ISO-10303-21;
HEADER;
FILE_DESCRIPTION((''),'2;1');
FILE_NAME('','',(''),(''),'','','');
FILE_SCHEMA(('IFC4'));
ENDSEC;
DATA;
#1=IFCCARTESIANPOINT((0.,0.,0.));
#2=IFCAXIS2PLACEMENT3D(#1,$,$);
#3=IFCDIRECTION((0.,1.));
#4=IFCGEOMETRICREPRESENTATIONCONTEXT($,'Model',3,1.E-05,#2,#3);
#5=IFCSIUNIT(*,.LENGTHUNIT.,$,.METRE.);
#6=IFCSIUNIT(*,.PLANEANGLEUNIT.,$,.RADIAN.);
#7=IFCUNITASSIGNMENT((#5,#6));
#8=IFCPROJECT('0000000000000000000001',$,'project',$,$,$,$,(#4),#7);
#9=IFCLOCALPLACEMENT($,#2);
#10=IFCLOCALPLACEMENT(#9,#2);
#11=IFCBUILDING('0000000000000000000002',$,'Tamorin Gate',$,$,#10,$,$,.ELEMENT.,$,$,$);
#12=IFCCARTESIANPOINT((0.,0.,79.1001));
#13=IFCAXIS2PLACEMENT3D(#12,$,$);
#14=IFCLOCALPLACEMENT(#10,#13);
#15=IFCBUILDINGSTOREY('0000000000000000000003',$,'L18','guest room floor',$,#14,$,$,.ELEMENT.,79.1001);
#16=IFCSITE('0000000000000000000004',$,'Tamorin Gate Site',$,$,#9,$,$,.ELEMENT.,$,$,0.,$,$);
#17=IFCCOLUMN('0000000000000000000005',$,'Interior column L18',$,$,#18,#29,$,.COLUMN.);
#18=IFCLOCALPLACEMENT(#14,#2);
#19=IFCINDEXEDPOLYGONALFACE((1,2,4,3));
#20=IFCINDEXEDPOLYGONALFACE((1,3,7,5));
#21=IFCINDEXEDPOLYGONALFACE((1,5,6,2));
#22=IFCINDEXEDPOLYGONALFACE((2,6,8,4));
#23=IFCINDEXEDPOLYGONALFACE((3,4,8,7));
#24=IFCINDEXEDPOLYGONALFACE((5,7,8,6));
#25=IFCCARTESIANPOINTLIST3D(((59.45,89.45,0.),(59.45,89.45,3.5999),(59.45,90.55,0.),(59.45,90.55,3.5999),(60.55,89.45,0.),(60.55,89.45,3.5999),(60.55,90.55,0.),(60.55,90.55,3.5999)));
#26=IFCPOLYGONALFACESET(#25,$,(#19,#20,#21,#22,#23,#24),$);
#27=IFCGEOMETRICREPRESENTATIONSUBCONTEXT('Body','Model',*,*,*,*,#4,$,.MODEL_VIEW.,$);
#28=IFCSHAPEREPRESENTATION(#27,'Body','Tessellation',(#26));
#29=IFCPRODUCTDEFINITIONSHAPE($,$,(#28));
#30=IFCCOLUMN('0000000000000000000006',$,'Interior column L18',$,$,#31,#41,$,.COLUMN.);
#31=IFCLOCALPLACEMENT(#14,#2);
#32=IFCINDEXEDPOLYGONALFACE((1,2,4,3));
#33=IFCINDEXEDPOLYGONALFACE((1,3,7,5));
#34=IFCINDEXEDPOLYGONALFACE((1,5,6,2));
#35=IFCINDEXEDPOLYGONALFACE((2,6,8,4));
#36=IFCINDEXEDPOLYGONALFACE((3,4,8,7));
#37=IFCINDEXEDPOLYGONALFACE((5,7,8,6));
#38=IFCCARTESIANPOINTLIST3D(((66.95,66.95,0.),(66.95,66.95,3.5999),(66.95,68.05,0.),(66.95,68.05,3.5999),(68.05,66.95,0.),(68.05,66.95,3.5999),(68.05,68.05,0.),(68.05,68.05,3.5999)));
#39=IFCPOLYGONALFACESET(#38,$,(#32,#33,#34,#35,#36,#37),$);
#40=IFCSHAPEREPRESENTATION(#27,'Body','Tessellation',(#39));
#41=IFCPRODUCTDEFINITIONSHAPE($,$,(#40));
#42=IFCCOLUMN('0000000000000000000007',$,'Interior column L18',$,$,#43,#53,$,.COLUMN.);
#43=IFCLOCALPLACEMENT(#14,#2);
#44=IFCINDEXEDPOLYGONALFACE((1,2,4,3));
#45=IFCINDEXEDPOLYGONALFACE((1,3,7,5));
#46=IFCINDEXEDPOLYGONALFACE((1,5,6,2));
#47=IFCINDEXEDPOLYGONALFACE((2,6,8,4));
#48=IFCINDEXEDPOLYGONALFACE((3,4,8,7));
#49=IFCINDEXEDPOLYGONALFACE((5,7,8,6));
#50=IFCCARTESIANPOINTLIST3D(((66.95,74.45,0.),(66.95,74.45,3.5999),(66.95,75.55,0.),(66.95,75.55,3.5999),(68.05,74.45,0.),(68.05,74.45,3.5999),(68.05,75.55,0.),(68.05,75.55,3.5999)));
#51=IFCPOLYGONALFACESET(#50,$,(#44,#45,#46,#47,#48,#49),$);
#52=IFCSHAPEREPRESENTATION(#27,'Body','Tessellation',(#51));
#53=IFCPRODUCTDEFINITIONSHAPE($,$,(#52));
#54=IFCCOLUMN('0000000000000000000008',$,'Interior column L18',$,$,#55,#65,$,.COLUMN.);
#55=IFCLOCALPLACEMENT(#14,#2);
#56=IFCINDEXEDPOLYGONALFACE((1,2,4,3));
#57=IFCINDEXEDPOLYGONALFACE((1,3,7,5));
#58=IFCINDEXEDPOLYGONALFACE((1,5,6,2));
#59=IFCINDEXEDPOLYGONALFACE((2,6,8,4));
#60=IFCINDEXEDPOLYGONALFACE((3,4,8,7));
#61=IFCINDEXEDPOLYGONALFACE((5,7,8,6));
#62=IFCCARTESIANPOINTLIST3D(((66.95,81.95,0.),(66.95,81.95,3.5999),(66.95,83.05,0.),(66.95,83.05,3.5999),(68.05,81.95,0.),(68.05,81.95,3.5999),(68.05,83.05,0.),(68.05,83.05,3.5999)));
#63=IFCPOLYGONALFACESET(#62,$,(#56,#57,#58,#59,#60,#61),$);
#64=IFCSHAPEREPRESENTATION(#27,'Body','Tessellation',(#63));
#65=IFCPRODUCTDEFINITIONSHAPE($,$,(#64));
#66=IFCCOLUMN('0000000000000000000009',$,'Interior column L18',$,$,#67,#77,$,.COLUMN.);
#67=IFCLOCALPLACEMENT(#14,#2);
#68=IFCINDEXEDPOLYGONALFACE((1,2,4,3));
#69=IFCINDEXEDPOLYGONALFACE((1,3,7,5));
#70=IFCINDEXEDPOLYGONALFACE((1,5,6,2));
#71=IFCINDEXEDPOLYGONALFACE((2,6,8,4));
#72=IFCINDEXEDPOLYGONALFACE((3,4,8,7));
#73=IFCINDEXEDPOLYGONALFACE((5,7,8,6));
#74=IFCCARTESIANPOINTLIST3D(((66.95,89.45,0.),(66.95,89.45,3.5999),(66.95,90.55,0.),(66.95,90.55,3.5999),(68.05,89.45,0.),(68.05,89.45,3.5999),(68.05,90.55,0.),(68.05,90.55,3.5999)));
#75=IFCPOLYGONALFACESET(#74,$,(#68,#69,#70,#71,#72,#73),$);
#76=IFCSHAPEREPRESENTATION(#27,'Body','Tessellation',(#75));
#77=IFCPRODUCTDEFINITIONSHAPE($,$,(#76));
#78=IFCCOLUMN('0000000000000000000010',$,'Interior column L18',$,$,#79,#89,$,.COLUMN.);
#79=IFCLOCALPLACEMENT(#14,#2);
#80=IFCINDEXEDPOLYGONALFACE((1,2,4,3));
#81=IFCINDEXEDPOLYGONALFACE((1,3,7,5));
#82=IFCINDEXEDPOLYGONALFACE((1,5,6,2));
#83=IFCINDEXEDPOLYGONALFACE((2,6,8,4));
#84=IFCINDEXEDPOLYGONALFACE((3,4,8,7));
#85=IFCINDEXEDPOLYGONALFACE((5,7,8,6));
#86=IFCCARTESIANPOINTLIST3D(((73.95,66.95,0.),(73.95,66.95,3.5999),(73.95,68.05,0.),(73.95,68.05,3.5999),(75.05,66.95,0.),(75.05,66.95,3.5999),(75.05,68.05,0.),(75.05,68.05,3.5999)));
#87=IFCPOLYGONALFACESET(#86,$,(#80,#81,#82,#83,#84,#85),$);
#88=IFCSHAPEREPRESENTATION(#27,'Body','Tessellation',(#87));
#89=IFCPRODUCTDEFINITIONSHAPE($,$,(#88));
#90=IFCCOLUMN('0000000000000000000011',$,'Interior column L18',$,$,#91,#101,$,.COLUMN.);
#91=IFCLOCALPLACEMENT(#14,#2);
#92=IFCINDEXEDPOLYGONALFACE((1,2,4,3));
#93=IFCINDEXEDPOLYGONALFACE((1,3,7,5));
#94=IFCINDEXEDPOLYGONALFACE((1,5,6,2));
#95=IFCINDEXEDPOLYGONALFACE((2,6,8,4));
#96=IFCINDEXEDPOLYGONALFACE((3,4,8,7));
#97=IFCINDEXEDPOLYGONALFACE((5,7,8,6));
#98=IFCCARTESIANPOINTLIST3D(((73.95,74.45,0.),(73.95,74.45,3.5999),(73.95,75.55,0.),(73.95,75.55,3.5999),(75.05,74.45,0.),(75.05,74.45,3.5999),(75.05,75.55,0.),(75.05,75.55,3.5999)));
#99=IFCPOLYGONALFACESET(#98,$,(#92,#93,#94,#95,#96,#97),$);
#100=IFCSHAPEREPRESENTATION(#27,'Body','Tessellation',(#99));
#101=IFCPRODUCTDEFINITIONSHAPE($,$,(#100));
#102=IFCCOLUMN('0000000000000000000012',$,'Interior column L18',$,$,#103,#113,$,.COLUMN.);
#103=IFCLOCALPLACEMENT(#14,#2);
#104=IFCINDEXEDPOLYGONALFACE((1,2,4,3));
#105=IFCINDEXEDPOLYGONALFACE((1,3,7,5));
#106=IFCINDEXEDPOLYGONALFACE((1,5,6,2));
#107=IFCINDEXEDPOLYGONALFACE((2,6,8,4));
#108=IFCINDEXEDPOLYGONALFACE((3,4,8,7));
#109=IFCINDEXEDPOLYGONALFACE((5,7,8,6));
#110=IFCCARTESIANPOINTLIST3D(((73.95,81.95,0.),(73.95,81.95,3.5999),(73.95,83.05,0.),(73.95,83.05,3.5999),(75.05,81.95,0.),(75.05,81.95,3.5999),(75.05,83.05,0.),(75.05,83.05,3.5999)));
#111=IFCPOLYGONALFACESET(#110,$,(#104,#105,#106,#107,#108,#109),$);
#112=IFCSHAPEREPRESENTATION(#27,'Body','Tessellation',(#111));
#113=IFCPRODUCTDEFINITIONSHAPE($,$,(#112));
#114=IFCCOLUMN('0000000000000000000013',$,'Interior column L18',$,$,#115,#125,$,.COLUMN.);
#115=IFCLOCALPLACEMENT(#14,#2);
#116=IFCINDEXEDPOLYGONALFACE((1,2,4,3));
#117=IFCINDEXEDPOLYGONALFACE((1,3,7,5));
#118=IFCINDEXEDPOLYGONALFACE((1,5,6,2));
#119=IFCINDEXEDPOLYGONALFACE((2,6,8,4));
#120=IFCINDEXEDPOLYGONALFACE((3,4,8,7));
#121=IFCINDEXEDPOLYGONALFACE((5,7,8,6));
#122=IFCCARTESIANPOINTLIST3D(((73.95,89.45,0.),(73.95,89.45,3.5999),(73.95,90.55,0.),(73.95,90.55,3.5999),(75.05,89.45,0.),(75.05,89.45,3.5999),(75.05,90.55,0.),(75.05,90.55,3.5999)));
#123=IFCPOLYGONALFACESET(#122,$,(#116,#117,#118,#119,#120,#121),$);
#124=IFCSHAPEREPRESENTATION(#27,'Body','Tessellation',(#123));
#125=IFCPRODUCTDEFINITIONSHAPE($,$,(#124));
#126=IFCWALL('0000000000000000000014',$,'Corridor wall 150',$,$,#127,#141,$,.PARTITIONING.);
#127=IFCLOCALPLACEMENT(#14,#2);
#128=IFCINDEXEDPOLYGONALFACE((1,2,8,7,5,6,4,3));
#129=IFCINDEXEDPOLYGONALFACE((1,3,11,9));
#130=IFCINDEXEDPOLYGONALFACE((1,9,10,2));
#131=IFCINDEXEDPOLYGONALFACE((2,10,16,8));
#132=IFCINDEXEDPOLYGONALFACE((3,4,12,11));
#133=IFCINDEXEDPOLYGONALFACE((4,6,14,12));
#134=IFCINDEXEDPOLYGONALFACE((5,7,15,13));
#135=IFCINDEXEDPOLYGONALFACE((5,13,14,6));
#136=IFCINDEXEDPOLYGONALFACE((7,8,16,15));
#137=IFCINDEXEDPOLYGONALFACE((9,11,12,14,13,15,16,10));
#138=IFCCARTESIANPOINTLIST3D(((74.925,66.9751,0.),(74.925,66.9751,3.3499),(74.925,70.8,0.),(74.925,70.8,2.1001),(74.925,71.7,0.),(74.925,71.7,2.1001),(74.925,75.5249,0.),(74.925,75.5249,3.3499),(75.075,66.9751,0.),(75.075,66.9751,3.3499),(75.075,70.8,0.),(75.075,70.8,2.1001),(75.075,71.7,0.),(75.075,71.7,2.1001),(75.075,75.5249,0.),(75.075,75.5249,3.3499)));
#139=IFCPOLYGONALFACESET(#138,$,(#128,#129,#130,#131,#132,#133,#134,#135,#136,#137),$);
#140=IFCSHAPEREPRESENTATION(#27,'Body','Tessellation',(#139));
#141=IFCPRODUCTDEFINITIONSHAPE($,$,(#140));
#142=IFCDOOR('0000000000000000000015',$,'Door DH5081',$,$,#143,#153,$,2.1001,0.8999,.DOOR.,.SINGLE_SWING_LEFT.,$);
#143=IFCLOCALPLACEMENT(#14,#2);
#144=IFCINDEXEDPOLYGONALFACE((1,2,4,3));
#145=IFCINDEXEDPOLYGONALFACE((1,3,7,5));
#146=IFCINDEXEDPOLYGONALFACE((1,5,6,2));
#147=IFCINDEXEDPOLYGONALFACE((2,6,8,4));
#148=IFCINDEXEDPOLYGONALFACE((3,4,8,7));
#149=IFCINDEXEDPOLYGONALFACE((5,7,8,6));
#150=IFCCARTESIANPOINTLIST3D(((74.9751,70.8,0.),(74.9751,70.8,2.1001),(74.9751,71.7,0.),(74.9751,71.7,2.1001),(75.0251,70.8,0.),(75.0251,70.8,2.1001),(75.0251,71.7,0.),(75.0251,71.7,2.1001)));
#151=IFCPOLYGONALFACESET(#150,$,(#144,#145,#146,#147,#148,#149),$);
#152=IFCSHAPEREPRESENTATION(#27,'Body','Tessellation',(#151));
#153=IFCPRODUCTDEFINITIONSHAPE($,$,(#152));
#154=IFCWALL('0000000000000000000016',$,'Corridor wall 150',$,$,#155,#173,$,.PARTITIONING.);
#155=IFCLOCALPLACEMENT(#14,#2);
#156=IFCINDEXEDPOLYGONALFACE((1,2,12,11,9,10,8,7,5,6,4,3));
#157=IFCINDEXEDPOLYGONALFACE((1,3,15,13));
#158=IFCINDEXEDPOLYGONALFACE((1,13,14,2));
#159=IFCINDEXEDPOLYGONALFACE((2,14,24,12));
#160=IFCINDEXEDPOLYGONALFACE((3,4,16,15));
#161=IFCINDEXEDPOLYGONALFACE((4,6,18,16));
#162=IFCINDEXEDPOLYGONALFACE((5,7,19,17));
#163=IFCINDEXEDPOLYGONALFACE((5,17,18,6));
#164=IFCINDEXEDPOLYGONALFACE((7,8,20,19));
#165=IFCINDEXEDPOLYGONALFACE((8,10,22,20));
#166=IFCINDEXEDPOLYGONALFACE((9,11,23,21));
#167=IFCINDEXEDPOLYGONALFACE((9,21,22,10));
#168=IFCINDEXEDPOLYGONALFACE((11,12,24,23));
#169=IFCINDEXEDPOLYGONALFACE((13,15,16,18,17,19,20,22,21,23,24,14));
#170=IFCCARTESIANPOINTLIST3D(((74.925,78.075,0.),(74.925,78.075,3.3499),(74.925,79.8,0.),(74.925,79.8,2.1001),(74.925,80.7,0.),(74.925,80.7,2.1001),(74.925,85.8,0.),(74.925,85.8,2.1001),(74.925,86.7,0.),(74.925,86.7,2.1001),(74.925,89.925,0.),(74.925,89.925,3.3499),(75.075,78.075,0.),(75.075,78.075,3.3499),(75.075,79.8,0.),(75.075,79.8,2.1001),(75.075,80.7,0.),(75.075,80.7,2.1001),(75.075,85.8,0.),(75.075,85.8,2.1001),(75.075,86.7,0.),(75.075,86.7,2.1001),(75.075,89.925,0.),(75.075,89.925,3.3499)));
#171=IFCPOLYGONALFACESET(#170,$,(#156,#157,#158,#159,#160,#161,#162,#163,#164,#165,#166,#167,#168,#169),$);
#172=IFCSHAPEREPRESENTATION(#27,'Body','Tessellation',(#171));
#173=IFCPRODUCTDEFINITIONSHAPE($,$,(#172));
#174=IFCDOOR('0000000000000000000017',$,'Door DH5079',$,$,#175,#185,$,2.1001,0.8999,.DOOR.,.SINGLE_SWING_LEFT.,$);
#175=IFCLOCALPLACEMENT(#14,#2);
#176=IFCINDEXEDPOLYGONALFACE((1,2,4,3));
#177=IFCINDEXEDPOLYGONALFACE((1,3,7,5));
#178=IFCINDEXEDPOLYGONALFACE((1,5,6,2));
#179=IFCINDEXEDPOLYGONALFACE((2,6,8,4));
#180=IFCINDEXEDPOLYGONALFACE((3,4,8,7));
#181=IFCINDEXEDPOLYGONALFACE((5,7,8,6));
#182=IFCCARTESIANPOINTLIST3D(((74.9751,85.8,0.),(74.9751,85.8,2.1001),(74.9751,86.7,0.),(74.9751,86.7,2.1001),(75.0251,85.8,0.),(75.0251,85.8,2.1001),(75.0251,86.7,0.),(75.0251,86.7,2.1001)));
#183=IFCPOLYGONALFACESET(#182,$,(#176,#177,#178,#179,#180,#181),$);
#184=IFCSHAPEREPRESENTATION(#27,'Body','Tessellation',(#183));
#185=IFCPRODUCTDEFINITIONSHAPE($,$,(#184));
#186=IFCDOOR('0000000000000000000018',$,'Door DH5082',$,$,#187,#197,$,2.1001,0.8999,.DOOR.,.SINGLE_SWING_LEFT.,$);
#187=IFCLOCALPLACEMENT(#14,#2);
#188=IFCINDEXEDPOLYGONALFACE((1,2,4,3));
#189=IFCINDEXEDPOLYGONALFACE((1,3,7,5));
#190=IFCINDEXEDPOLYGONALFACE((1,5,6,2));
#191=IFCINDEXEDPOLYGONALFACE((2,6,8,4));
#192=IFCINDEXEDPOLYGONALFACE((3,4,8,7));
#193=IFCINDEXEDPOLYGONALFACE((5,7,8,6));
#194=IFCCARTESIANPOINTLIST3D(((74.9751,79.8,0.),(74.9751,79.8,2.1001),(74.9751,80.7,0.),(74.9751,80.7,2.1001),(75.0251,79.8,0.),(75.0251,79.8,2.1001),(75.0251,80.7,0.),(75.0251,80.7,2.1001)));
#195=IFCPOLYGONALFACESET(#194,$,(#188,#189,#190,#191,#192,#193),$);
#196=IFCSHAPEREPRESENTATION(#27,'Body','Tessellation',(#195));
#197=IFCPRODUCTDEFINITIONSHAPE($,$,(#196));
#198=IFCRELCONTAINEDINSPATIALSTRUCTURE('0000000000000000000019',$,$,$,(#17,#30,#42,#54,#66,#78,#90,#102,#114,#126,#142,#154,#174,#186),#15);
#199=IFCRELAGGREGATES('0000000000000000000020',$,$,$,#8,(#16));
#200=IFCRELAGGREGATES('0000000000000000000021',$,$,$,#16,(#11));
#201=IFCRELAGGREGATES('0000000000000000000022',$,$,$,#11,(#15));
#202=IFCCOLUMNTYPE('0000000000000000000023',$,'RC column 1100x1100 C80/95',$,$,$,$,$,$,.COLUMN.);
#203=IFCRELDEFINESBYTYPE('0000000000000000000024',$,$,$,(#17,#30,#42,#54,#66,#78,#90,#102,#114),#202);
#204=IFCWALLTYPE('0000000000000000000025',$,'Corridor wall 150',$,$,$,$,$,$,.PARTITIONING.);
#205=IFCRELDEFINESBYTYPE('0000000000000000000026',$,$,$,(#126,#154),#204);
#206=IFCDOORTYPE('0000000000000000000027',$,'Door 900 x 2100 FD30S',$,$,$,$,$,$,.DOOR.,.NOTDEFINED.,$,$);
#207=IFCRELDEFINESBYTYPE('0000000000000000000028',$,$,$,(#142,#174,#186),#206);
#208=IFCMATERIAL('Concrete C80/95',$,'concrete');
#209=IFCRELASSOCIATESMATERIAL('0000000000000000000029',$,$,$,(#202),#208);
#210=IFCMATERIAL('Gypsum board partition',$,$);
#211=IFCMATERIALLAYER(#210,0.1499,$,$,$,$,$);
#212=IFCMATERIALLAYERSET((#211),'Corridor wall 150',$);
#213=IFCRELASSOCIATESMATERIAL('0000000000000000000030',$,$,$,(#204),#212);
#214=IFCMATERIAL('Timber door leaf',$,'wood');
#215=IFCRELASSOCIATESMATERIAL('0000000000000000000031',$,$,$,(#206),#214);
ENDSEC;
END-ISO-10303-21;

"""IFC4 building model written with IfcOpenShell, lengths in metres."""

from ifc_helpers import new_model, si_unit, direction, frame, frame_2d, origin, origin_2d, place, context, subcontext, project, spatial, rectangle, extrude, material, layer, layer_set, material_profile, profile_set, type_object, element, fill, save


model = new_model("IFC4")

# Units and contexts
model_context = context("Model", 3, precision=1e-05, world=origin(), true_north=direction((0.0, 1.0)))
body_context = subcontext(model_context, "Body", "Model", "MODEL_VIEW")
ifc_project = project(units=[si_unit("LENGTHUNIT", "METRE"), si_unit("PLANEANGLEUNIT", "RADIAN")], contexts=[model_context])

# Site, building, storey
site_placement = place(None, origin())
site = spatial("IfcSite", under=ifc_project, at=site_placement, Name="Tamorin Gate Site", CompositionType="ELEMENT", RefElevation=0.0)
building_placement = place(site_placement, origin())
building = spatial("IfcBuilding", under=site, at=building_placement, Name="Tamorin Gate", CompositionType="ELEMENT")
storey_placement = place(building_placement, frame((0.0, 0.0, 79.1001)))
storey = spatial("IfcBuildingStorey", under=building, at=storey_placement, Name="L18", Description="guest room floor", CompositionType="ELEMENT", Elevation=79.1001)

# Columns
ifc_material_1 = material(Name="Concrete C80/95", Category="concrete")
ifc_material_profile = material_profile(ifc_material_1, rectangle(XDim=1.1001, YDim=1.1001, at=origin_2d()), Name="RC 1100x1100")
ifc_profile_set = profile_set([ifc_material_profile], Name="Concrete C80/95")
column_type = type_object("IfcColumnType", Name="RC column 1100x1100 C80/95", PredefinedType="COLUMN", material=ifc_profile_set)
for number, where, z_axis, x_axis, name in (
    (1, (60.0, 90.0, 0.0), (0.0, 0.0, 1.0), (1.0, 0.0, 0.0), "Interior column L18"),
    (2, (67.5, 67.5, 0.0), (0.0, 0.0, 1.0), (1.0, 0.0, 0.0), "Interior column L18"),
    (3, (67.5, 75.0, 0.0), (0.0, 0.0, 1.0), (1.0, 0.0, 0.0), "Interior column L18"),
    (4, (67.5, 82.5, 0.0), (0.0, 0.0, 1.0), (1.0, 0.0, 0.0), "Interior column L18"),
    (5, (67.5, 90.0, 0.0), (0.0, 0.0, 1.0), (1.0, 0.0, 0.0), "Interior column L18"),
    (6, (74.5, 67.5, 0.0), (0.0, 0.0, 1.0), (1.0, 0.0, 0.0), "Interior column L18"),
    (7, (74.5, 75.0, 0.0), (0.0, 0.0, 1.0), (1.0, 0.0, 0.0), "Interior column L18"),
    (8, (74.5, 82.5, 0.0), (0.0, 0.0, 1.0), (1.0, 0.0, 0.0), "Interior column L18"),
    (9, (74.5, 90.0, 0.0), (0.0, 0.0, 1.0), (1.0, 0.0, 0.0), "Interior column L18"),
):
    element("IfcColumn", number, at=place(storey_placement, frame(where, z_axis=z_axis, x_axis=x_axis)), inside=storey, type_object=column_type, Name=name, PredefinedType="COLUMN", context=body_context, shape_type="SweptSolid", body=[
        extrude(rectangle(XDim=1.1001, YDim=1.1001, at=origin_2d()), origin(), (0.0, 0.0, 1.0), 3.5999),
    ])

# Wall, opening, door
ifc_material_2 = material(Name="Gypsum board partition")
ifc_layer_1 = layer(ifc_material_2, 0.1499)
ifc_layer_set_1 = layer_set([ifc_layer_1], Name="Corridor wall 150")
wall_type_1 = type_object("IfcWallType", Name="Corridor wall 150", PredefinedType="PARTITIONING", material=ifc_layer_set_1)
wall_1_placement = place(storey_placement, frame((75.0, 66.9751, 0.0), z_axis=(0.0, 0.0, 1.0), x_axis=(0.0, 1.0, 0.0)))
wall_1 = element("IfcWall", 10, at=wall_1_placement, inside=storey, type_object=wall_type_1, Name="Corridor wall 150", PredefinedType="PARTITIONING", context=body_context, shape_type="SweptSolid", body=[
    extrude(rectangle(XDim=8.5498, YDim=0.1499, at=frame_2d((4.2749, 0.0))), origin(), (0.0, 0.0, 1.0), 3.3499),
])
opening_1_placement = place(wall_1_placement, frame((3.825, 0.0, 0.0)))
opening_1 = element("IfcOpeningElement", 11, at=opening_1_placement, cuts=wall_1, PredefinedType="OPENING", context=body_context, shape_type="SweptSolid", body=[
    extrude(rectangle(XDim=0.8999, YDim=2.1001, at=frame_2d((0.45, 1.05))), frame((0.0, 0.085, 0.0), z_axis=(0.0, -1.0, 0.0), x_axis=(1.0, 0.0, 0.0)), (0.0, 0.0, 1.0), 0.1699),
])
ifc_material_3 = material(Name="Timber door leaf", Category="wood")
door_type = type_object("IfcDoorType", Name="Door 900 x 2100 FD30S", OperationType="NOTDEFINED", PredefinedType="DOOR", material=ifc_material_3)
door_1_placement = place(opening_1_placement, origin())
door_1 = element("IfcDoor", 12, at=door_1_placement, inside=storey, type_object=door_type, Name="Door DH5081", OperationType="SINGLE_SWING_LEFT", OverallHeight=2.1001, OverallWidth=0.8999, PredefinedType="DOOR", context=body_context, shape_type="SweptSolid", body=[
    extrude(rectangle(XDim=0.8999, YDim=2.1001, at=frame_2d((0.45, 1.05))), frame((0.0, 0.0249, 0.0), z_axis=(0.0, -1.0, 0.0), x_axis=(1.0, 0.0, 0.0)), (0.0, 0.0, 1.0), 0.05),
])
fill(opening_1, door_1)

# Wall, openings, doors
wall_2_placement = place(storey_placement, frame((75.0, 78.075, 0.0), z_axis=(0.0, 0.0, 1.0), x_axis=(0.0, 1.0, 0.0)))
wall_2 = element("IfcWall", 13, at=wall_2_placement, inside=storey, type_object=wall_type_1, Name="Corridor wall 150", PredefinedType="PARTITIONING", context=body_context, shape_type="SweptSolid", body=[
    extrude(rectangle(XDim=11.8501, YDim=0.1499, at=frame_2d((5.925, 0.0))), origin(), (0.0, 0.0, 1.0), 3.3499),
])
opening_2_placement = place(wall_2_placement, frame((7.7251, 0.0, 0.0)))
opening_2 = element("IfcOpeningElement", 14, at=opening_2_placement, cuts=wall_2, PredefinedType="OPENING", context=body_context, shape_type="SweptSolid", body=[
    extrude(rectangle(XDim=0.8999, YDim=2.1001, at=frame_2d((0.45, 1.05))), frame((0.0, 0.085, 0.0), z_axis=(0.0, -1.0, 0.0), x_axis=(1.0, 0.0, 0.0)), (0.0, 0.0, 1.0), 0.1699),
])
opening_3_placement = place(wall_2_placement, frame((1.7251, 0.0, 0.0)))
opening_3 = element("IfcOpeningElement", 15, at=opening_3_placement, cuts=wall_2, PredefinedType="OPENING", context=body_context, shape_type="SweptSolid", body=[
    extrude(rectangle(XDim=0.8999, YDim=2.1001, at=frame_2d((0.45, 1.05))), frame((0.0, 0.085, 0.0), z_axis=(0.0, -1.0, 0.0), x_axis=(1.0, 0.0, 0.0)), (0.0, 0.0, 1.0), 0.1699),
])
door_2_placement = place(opening_2_placement, origin())
door_2 = element("IfcDoor", 16, at=door_2_placement, inside=storey, type_object=door_type, Name="Door DH5079", OperationType="SINGLE_SWING_LEFT", OverallHeight=2.1001, OverallWidth=0.8999, PredefinedType="DOOR", context=body_context, shape_type="SweptSolid", body=[
    extrude(rectangle(XDim=0.8999, YDim=2.1001, at=frame_2d((0.45, 1.05))), frame((0.0, 0.0249, 0.0), z_axis=(0.0, -1.0, 0.0), x_axis=(1.0, 0.0, 0.0)), (0.0, 0.0, 1.0), 0.05),
])
fill(opening_2, door_2)
door_3_placement = place(opening_3_placement, origin())
door_3 = element("IfcDoor", 17, at=door_3_placement, inside=storey, type_object=door_type, Name="Door DH5082", OperationType="SINGLE_SWING_LEFT", OverallHeight=2.1001, OverallWidth=0.8999, PredefinedType="DOOR", context=body_context, shape_type="SweptSolid", body=[
    extrude(rectangle(XDim=0.8999, YDim=2.1001, at=frame_2d((0.45, 1.05))), frame((0.0, 0.0249, 0.0), z_axis=(0.0, -1.0, 0.0), x_axis=(1.0, 0.0, 0.0)), (0.0, 0.0, 1.0), 0.05),
])
fill(opening_3, door_3)

save(model, "model.ifc")
